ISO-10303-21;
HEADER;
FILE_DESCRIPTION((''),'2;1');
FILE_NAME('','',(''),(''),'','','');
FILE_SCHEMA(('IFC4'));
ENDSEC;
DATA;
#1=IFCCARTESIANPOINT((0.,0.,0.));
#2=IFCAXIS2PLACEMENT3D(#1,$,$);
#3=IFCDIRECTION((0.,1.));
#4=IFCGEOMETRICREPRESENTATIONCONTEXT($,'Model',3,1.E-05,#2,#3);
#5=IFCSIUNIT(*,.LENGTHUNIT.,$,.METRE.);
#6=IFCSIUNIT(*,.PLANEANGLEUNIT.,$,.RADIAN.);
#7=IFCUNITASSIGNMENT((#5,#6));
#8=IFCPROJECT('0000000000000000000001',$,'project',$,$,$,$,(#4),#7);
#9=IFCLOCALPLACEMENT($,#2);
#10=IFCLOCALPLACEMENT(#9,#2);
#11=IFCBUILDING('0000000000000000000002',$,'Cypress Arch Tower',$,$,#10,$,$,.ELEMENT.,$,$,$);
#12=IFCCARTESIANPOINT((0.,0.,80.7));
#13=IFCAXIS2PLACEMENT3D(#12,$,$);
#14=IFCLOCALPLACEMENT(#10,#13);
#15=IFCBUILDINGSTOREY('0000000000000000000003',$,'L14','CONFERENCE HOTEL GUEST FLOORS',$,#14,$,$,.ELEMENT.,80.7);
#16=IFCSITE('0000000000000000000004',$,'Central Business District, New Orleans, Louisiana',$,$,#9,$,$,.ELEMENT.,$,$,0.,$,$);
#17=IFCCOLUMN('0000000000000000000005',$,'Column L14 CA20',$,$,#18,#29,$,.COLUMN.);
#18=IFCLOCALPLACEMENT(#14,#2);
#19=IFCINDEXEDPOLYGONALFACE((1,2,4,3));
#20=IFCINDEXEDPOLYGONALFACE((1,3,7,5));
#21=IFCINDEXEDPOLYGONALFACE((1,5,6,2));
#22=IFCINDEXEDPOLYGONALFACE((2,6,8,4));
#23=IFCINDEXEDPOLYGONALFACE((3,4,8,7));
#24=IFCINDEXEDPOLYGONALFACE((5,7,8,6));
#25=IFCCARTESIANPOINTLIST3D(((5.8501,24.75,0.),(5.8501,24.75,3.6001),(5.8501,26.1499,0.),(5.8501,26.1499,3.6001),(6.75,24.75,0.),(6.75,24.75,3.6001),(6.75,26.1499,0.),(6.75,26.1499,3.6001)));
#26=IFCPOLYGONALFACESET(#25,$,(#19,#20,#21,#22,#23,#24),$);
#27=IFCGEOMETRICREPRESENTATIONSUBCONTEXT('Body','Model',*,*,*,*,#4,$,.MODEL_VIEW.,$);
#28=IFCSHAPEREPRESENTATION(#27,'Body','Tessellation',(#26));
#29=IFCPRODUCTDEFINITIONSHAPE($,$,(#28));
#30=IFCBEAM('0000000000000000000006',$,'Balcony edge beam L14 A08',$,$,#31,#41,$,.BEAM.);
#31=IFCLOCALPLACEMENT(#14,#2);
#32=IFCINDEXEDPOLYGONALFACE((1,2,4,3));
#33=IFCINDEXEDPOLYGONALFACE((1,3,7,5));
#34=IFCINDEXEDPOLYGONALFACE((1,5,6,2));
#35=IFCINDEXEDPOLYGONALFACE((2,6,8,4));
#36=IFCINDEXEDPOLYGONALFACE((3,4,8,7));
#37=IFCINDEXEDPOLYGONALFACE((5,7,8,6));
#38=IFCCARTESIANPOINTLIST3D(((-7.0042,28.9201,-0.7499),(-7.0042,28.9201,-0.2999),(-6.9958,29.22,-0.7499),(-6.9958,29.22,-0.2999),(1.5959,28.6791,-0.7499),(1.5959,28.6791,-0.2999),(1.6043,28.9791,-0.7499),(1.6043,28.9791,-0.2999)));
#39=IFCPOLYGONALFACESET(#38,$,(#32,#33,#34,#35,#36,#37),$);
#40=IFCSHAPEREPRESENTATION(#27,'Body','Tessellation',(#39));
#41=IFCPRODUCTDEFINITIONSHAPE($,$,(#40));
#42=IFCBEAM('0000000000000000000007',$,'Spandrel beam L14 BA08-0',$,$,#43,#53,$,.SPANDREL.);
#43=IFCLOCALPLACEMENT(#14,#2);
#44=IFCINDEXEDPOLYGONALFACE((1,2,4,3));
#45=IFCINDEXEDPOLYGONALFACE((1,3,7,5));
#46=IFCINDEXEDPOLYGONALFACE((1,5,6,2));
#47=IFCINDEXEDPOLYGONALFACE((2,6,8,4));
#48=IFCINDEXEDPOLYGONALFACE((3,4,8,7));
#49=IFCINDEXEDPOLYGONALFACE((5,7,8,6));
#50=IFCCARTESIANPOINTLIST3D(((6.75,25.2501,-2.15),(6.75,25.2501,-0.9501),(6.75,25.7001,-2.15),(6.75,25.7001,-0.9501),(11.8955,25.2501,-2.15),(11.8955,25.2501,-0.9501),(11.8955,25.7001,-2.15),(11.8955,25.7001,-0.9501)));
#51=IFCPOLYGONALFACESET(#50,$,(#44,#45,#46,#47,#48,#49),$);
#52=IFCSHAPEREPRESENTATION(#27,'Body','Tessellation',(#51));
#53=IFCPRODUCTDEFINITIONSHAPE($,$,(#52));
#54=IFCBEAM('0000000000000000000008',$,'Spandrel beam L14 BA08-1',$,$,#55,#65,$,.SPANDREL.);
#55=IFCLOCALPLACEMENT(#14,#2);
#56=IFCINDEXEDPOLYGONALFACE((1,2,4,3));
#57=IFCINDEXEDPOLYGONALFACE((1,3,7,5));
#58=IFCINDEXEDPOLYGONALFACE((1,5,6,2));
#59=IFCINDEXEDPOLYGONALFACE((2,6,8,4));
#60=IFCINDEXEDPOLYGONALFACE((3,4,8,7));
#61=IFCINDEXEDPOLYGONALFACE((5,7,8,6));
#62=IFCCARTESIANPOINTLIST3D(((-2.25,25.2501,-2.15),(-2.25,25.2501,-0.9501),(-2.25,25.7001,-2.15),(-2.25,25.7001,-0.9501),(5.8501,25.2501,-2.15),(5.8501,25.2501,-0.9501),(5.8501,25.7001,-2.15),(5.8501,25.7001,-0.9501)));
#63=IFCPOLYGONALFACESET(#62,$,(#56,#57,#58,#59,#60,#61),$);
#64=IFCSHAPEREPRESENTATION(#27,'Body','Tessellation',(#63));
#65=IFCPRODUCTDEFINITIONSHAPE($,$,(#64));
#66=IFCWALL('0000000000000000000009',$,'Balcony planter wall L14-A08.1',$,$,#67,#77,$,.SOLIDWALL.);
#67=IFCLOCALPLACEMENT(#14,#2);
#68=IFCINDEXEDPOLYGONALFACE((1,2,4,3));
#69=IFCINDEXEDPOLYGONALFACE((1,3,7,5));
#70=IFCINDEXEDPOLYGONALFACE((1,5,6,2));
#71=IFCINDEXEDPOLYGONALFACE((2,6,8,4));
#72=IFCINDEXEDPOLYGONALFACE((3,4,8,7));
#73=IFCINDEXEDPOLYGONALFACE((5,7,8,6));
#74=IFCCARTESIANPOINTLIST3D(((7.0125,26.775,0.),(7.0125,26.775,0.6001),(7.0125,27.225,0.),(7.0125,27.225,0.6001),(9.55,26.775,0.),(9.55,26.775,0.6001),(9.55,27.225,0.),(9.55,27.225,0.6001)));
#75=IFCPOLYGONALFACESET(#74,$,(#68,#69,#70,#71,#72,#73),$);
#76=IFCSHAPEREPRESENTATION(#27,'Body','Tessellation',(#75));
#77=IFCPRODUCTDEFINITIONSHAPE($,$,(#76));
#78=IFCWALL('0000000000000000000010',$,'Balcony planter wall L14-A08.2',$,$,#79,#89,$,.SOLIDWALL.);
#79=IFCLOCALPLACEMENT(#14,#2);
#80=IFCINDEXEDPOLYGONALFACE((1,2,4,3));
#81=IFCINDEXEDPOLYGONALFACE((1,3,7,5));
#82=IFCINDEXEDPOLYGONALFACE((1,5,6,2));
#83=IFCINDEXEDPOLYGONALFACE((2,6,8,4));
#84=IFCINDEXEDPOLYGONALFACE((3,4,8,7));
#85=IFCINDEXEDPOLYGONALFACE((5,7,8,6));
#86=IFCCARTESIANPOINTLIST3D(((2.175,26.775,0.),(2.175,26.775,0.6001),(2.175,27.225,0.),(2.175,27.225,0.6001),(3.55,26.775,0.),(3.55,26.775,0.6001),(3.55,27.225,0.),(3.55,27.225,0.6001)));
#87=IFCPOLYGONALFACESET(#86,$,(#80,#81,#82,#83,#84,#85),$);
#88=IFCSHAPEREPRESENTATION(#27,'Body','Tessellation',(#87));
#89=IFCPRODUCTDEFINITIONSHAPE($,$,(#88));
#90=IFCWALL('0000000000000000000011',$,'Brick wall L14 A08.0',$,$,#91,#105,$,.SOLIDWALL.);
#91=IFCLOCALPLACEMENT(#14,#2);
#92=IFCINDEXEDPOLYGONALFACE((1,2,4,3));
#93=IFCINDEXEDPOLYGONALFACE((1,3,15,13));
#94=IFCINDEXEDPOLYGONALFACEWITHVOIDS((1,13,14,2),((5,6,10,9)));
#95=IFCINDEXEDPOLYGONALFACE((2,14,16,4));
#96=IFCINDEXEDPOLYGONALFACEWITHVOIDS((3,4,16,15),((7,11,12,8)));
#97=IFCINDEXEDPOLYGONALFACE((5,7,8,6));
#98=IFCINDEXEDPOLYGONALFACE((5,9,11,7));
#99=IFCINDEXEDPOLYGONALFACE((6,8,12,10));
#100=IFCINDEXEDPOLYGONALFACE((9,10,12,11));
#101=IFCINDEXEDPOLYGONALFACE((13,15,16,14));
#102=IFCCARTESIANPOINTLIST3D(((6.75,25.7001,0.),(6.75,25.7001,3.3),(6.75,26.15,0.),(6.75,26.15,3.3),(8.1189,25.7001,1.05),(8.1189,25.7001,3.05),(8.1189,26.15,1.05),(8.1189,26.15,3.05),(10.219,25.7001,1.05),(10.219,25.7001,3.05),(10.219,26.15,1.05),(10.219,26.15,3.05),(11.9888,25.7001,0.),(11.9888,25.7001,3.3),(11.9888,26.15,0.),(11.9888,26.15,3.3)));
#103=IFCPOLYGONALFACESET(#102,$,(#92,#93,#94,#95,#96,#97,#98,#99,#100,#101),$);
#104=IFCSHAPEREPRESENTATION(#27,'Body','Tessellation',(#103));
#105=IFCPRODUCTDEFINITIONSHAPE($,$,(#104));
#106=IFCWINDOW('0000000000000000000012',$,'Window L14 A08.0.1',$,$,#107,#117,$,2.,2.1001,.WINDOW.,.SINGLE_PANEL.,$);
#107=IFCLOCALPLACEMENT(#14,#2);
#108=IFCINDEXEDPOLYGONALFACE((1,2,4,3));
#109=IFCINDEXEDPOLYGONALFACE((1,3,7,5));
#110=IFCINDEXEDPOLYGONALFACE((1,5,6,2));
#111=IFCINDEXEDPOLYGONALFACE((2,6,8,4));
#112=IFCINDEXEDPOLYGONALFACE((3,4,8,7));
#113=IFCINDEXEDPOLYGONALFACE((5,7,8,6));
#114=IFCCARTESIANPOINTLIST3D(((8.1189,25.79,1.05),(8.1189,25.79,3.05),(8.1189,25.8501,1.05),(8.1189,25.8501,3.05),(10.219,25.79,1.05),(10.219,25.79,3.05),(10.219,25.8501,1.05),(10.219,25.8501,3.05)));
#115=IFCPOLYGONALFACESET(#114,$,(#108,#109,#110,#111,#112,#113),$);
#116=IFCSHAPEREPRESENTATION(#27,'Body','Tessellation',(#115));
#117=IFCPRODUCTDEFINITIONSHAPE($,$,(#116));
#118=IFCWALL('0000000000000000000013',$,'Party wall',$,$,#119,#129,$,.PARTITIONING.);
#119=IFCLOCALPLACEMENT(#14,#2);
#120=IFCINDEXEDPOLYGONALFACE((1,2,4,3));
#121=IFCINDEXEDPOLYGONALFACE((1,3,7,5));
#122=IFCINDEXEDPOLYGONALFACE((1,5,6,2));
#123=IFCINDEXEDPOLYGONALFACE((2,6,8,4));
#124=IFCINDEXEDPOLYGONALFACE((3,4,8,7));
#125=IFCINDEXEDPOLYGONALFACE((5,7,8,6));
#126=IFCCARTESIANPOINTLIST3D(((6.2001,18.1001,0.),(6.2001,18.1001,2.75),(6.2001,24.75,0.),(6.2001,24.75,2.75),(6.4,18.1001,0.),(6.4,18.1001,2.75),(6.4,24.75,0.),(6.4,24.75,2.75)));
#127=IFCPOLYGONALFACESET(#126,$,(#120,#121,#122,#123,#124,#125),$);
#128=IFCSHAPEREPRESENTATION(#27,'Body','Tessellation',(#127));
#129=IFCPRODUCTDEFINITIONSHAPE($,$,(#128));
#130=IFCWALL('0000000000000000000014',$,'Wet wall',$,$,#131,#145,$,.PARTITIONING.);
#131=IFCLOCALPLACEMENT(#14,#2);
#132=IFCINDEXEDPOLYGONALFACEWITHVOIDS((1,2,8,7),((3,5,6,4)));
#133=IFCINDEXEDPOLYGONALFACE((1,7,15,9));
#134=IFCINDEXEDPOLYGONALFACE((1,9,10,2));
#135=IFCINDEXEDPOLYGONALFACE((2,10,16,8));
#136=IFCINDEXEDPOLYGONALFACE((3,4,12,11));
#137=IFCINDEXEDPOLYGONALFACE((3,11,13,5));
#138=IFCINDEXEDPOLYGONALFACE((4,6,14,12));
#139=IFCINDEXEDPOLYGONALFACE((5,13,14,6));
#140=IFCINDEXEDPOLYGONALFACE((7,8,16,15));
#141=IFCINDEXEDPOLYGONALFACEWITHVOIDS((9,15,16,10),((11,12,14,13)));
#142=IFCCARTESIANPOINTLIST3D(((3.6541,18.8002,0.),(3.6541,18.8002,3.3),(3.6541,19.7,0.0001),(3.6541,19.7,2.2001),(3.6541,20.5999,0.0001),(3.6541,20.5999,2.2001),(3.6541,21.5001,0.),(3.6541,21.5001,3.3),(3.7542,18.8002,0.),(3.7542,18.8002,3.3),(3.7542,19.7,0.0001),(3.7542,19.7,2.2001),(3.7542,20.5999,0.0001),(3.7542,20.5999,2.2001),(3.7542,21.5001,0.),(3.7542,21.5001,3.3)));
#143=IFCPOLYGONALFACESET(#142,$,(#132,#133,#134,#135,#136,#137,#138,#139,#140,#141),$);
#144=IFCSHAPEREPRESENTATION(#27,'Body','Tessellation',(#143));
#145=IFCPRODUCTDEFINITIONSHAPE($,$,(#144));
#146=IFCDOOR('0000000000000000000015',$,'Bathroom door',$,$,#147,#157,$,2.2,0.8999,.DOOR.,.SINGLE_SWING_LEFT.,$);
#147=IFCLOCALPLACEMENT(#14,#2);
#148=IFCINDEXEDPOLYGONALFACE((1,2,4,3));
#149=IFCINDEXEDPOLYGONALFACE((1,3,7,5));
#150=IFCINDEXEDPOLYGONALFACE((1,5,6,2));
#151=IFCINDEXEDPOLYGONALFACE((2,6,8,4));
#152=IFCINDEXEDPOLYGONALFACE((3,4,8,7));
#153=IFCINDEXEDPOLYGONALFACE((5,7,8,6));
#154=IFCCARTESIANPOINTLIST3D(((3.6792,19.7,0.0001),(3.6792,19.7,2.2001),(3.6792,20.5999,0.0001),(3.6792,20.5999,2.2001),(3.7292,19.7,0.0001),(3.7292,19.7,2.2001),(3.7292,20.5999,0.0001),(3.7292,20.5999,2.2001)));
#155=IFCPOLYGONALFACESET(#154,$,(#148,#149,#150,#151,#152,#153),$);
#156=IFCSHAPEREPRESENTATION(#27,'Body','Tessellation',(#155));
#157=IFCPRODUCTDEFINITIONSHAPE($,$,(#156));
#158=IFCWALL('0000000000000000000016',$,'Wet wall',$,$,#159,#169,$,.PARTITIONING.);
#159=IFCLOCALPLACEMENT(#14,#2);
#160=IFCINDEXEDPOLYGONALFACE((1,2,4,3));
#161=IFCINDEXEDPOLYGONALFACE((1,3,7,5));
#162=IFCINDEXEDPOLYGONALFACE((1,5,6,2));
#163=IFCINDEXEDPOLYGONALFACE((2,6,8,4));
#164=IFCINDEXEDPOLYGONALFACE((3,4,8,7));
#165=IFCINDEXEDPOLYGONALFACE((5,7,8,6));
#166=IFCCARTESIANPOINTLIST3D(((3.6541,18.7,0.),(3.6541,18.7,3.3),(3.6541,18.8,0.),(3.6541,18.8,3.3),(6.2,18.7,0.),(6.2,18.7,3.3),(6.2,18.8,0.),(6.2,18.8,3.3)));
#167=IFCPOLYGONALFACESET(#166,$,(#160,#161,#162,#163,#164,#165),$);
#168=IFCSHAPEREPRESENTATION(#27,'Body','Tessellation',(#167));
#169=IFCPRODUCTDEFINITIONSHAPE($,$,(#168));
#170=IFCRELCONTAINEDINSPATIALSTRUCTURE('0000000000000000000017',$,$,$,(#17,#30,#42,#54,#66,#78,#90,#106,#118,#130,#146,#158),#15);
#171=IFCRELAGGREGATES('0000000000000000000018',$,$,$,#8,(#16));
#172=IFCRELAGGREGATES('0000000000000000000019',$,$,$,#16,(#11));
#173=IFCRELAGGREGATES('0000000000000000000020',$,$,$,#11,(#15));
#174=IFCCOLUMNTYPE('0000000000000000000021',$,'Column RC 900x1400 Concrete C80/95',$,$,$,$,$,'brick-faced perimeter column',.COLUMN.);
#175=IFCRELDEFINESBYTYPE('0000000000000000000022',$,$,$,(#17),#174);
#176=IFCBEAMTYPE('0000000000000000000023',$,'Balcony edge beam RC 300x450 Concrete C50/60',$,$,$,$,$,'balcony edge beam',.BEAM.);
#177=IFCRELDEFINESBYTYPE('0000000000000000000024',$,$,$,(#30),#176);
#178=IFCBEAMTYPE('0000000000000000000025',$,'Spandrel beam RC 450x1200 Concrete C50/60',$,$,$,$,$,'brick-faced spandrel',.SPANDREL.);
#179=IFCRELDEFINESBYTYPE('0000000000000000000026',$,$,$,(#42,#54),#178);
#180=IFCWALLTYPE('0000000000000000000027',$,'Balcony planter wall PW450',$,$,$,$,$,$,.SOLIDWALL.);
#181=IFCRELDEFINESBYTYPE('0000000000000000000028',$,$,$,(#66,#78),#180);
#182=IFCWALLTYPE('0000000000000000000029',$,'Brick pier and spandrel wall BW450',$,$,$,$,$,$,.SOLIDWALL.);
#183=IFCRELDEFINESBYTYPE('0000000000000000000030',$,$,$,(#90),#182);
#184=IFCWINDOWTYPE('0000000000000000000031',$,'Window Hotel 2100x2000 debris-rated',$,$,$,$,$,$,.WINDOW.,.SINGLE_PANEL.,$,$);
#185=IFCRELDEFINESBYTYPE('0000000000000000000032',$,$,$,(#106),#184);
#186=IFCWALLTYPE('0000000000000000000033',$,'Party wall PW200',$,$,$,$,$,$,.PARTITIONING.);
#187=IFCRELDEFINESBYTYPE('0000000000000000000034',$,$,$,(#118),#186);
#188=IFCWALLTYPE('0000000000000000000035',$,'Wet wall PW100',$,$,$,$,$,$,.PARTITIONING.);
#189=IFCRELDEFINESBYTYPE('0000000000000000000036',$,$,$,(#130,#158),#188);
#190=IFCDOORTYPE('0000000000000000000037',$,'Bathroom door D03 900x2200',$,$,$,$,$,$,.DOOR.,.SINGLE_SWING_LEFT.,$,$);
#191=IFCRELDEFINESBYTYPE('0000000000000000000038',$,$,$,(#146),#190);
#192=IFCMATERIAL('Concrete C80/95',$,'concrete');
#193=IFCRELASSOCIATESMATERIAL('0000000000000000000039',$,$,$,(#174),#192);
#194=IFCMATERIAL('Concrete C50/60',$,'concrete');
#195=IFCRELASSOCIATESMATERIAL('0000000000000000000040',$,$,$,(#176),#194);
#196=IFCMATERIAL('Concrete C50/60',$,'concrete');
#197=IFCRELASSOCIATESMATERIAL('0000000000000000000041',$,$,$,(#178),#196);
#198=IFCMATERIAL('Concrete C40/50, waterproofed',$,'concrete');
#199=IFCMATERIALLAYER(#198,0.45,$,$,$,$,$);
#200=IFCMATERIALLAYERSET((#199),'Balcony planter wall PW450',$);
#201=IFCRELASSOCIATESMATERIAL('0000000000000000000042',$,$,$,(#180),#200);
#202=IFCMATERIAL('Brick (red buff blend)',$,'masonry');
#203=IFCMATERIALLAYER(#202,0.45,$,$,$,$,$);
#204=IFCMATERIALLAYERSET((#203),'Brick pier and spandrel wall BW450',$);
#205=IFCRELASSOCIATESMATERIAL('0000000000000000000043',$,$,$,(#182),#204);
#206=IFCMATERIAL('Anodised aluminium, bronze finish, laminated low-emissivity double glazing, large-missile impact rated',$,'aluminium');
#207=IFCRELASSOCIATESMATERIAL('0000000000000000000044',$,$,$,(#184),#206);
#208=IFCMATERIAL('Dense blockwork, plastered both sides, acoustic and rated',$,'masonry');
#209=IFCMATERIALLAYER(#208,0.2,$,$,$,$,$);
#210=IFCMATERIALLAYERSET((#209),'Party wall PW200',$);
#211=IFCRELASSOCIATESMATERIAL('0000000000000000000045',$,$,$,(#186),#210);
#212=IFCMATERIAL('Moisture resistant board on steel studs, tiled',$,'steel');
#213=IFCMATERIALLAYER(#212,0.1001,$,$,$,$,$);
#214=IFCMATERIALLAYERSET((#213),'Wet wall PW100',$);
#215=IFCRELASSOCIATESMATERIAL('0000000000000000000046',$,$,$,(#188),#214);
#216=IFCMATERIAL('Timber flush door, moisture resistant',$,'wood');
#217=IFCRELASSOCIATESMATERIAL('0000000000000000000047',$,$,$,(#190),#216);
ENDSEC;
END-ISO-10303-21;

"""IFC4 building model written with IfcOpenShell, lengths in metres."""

from ifc_helpers import new_model, si_unit, direction, frame, frame_2d, origin, origin_2d, place, context, subcontext, project, spatial, rectangle, extrude, material, layer, layer_set, material_profile, profile_set, type_object, element, fill, save


model = new_model("IFC4")

# Units and contexts
model_context = context("Model", 3, precision=1e-05, world=origin(), true_north=direction((0.0, 1.0)))
body_context = subcontext(model_context, "Body", "Model", "MODEL_VIEW")
ifc_project = project(units=[si_unit("LENGTHUNIT", "METRE"), si_unit("PLANEANGLEUNIT", "RADIAN")], contexts=[model_context])

# Site, building, storey
site_placement = place(None, origin())
site = spatial("IfcSite", under=ifc_project, at=site_placement, Name="Central Business District, New Orleans, Louisiana", CompositionType="ELEMENT", RefElevation=0.0)
building_placement = place(site_placement, origin())
building = spatial("IfcBuilding", under=site, at=building_placement, Name="Cypress Arch Tower", CompositionType="ELEMENT")
storey_placement = place(building_placement, frame((0.0, 0.0, 80.7)))
storey = spatial("IfcBuildingStorey", under=building, at=storey_placement, Name="L14", Description="CONFERENCE HOTEL GUEST FLOORS", CompositionType="ELEMENT", Elevation=80.7)

# Column
ifc_material_1 = material(Name="Concrete C80/95", Category="concrete")
ifc_material_profile_1 = material_profile(ifc_material_1, rectangle(XDim=0.8999, YDim=1.3999, at=origin_2d()), Name="RC 900x1400")
ifc_profile_set_1 = profile_set([ifc_material_profile_1], Name="Concrete C80/95")
column_type = type_object("IfcColumnType", Name="Column RC 900x1400 Concrete C80/95", ElementType="brick-faced perimeter column", PredefinedType="COLUMN", material=ifc_profile_set_1)
column_placement = place(storey_placement, frame((6.3, 25.45, 0.0), z_axis=(0.0, 0.0, 1.0), x_axis=(-1.0, 0.0, 0.0)))
element("IfcColumn", 1, at=column_placement, inside=storey, type_object=column_type, Name="Column L14 CA20", PredefinedType="COLUMN", context=body_context, shape_type="SweptSolid", body=[
    extrude(rectangle(XDim=0.8999, YDim=1.3999, at=origin_2d()), origin(), (0.0, 0.0, 1.0), 3.6001),
])

# Beams
ifc_material_2 = material(Name="Concrete C50/60", Category="concrete")
ifc_material_profile_2 = material_profile(ifc_material_2, rectangle(XDim=0.3, YDim=0.45, at=origin_2d()), Name="RC 300x450")
ifc_profile_set_2 = profile_set([ifc_material_profile_2], Name="Concrete C50/60")
beam_type_1 = type_object("IfcBeamType", Name="Balcony edge beam RC 300x450 Concrete C50/60", ElementType="balcony edge beam", PredefinedType="BEAM", material=ifc_profile_set_2)
beam_1_placement = place(storey_placement, frame((1.6001, 28.8291, -0.5249), z_axis=(-0.999608, 0.028008, 0.0), x_axis=(-0.028008, -0.999608, 0.0)))
element("IfcBeam", 2, at=beam_1_placement, inside=storey, type_object=beam_type_1, Name="Balcony edge beam L14 A08", PredefinedType="BEAM", context=body_context, shape_type="SweptSolid", body=[
    extrude(rectangle(XDim=0.3, YDim=0.45, at=origin_2d()), origin(), (0.0, 0.0, 1.0), 8.6035),
])
ifc_material_3 = material(Name="Concrete C50/60", Category="concrete")
ifc_material_profile_3 = material_profile(ifc_material_3, rectangle(XDim=0.45, YDim=1.2, at=origin_2d()), Name="RC 450x1200")
ifc_profile_set_3 = profile_set([ifc_material_profile_3], Name="Concrete C50/60")
beam_type_2 = type_object("IfcBeamType", Name="Spandrel beam RC 450x1200 Concrete C50/60", ElementType="brick-faced spandrel", PredefinedType="SPANDREL", material=ifc_profile_set_3)
beam_2_placement = place(storey_placement, frame((11.8955, 25.4751, -1.55), z_axis=(-1.0, 0.0, 0.0), x_axis=(0.0, -1.0, 0.0)))
element("IfcBeam", 3, at=beam_2_placement, inside=storey, type_object=beam_type_2, Name="Spandrel beam L14 BA08-0", PredefinedType="SPANDREL", context=body_context, shape_type="SweptSolid", body=[
    extrude(rectangle(XDim=0.45, YDim=1.2, at=origin_2d()), origin(), (0.0, 0.0, 1.0), 5.1455),
])
beam_3_placement = place(storey_placement, frame((5.8501, 25.4751, -1.55), z_axis=(-1.0, 0.0, 0.0), x_axis=(0.0, -1.0, 0.0)))
element("IfcBeam", 4, at=beam_3_placement, inside=storey, type_object=beam_type_2, Name="Spandrel beam L14 BA08-1", PredefinedType="SPANDREL", context=body_context, shape_type="SweptSolid", body=[
    extrude(rectangle(XDim=0.45, YDim=1.2, at=origin_2d()), origin(), (0.0, 0.0, 1.0), 8.1001),
])

# Walls
ifc_material_4 = material(Name="Concrete C40/50, waterproofed", Category="concrete")
ifc_layer_1 = layer(ifc_material_4, 0.45)
ifc_layer_set_1 = layer_set([ifc_layer_1], Name="Balcony planter wall PW450")
wall_type_1 = type_object("IfcWallType", Name="Balcony planter wall PW450", PredefinedType="SOLIDWALL", material=ifc_layer_set_1)
wall_1_placement = place(storey_placement, frame((9.55, 27.0, 0.0), z_axis=(0.0, 0.0, 1.0), x_axis=(-1.0, 0.0, 0.0)))
element("IfcWall", 5, at=wall_1_placement, inside=storey, type_object=wall_type_1, Name="Balcony planter wall L14-A08.1", PredefinedType="SOLIDWALL", context=body_context, shape_type="SweptSolid", body=[
    extrude(rectangle(XDim=2.5376, YDim=0.45, at=frame_2d((1.2688, 0.0))), origin(), (0.0, 0.0, 1.0), 0.6001),
])
wall_2_placement = place(storey_placement, frame((3.55, 27.0, 0.0), z_axis=(0.0, 0.0, 1.0), x_axis=(-1.0, 0.0, 0.0)))
element("IfcWall", 6, at=wall_2_placement, inside=storey, type_object=wall_type_1, Name="Balcony planter wall L14-A08.2", PredefinedType="SOLIDWALL", context=body_context, shape_type="SweptSolid", body=[
    extrude(rectangle(XDim=1.375, YDim=0.45, at=frame_2d((0.6875, 0.0))), origin(), (0.0, 0.0, 1.0), 0.6001),
])

# Wall, opening, window
ifc_material_5 = material(Name="Brick (red buff blend)", Category="masonry")
ifc_layer_2 = layer(ifc_material_5, 0.45)
ifc_layer_set_2 = layer_set([ifc_layer_2], Name="Brick pier and spandrel wall BW450")
wall_type_2 = type_object("IfcWallType", Name="Brick pier and spandrel wall BW450", PredefinedType="SOLIDWALL", material=ifc_layer_set_2)
wall_3_placement = place(storey_placement, frame((11.9888, 25.925, 0.0), z_axis=(0.0, 0.0, 1.0), x_axis=(-1.0, 0.0, 0.0)))
wall_3 = element("IfcWall", 7, at=wall_3_placement, inside=storey, type_object=wall_type_2, Name="Brick wall L14 A08.0", PredefinedType="SOLIDWALL", context=body_context, shape_type="SweptSolid", body=[
    extrude(rectangle(XDim=5.2388, YDim=0.45, at=frame_2d((2.6194, 0.0))), origin(), (0.0, 0.0, 1.0), 3.3),
])
opening_1_placement = place(wall_3_placement, frame((1.7698, 0.0, 1.05)))
opening_1 = element("IfcOpeningElement", 8, at=opening_1_placement, cuts=wall_3, PredefinedType="OPENING", context=body_context, shape_type="SweptSolid", body=[
    extrude(rectangle(XDim=2.1001, YDim=2.0, at=frame_2d((1.05, 1.0))), frame((0.0, 0.2349, 0.0), z_axis=(0.0, -1.0, 0.0), x_axis=(1.0, 0.0, 0.0)), (0.0, 0.0, 1.0), 0.47),
])
ifc_material_6 = material(Name="Anodised aluminium, bronze finish, laminated low-emissivity double glazing, large-missile impact rated", Category="aluminium")
window_type_1 = type_object("IfcWindowType", Name="Window Hotel 2100x2000 debris-rated", PartitioningType="SINGLE_PANEL", PredefinedType="WINDOW", material=ifc_material_6)
window_1_placement = place(opening_1_placement, origin())
window_1 = element("IfcWindow", 9, at=window_1_placement, inside=storey, type_object=window_type_1, Name="Window L14 A08.0.1", OverallHeight=2.0, OverallWidth=2.1001, PartitioningType="SINGLE_PANEL", PredefinedType="WINDOW", context=body_context, shape_type="SweptSolid", body=[
    extrude(rectangle(XDim=2.1001, YDim=2.0, at=frame_2d((1.05, 1.0))), frame((0.0, 0.135, 0.0), z_axis=(0.0, -1.0, 0.0), x_axis=(1.0, 0.0, 0.0)), (0.0, 0.0, 1.0), 0.0601),
])
fill(opening_1, window_1)

# Wall
ifc_material_7 = material(Name="Dense blockwork, plastered both sides, acoustic and rated", Category="masonry")
ifc_layer_3 = layer(ifc_material_7, 0.2)
ifc_layer_set_3 = layer_set([ifc_layer_3], Name="Party wall PW200")
wall_type_3 = type_object("IfcWallType", Name="Party wall PW200", PredefinedType="PARTITIONING", material=ifc_layer_set_3)
wall_4_placement = place(storey_placement, frame((6.3, 18.1001, 0.0), z_axis=(0.0, 0.0, 1.0), x_axis=(0.0, 1.0, 0.0)))
element("IfcWall", 10, at=wall_4_placement, inside=storey, type_object=wall_type_3, Name="Party wall", PredefinedType="PARTITIONING", context=body_context, shape_type="SweptSolid", body=[
    extrude(rectangle(XDim=6.6499, YDim=0.2, at=frame_2d((3.325, 0.0))), origin(), (0.0, 0.0, 1.0), 2.75),
])

# Wall, opening, door
ifc_material_8 = material(Name="Moisture resistant board on steel studs, tiled", Category="steel")
ifc_layer_4 = layer(ifc_material_8, 0.1001)
ifc_layer_set_4 = layer_set([ifc_layer_4], Name="Wet wall PW100")
wall_type_4 = type_object("IfcWallType", Name="Wet wall PW100", PredefinedType="PARTITIONING", material=ifc_layer_set_4)
wall_5_placement = place(storey_placement, frame((3.7041, 18.8, 0.0), z_axis=(0.0, 0.0, 1.0), x_axis=(0.0, 1.0, 0.0)))
wall_5 = element("IfcWall", 11, at=wall_5_placement, inside=storey, type_object=wall_type_4, Name="Wet wall", PredefinedType="PARTITIONING", context=body_context, shape_type="SweptSolid", body=[
    extrude(rectangle(XDim=2.7, YDim=0.1001, at=frame_2d((1.3501, 0.0))), origin(), (0.0, 0.0, 1.0), 3.3),
])
opening_2_placement = place(wall_5_placement, frame((0.8999, 0.0, 0.0)))
opening_2 = element("IfcOpeningElement", 12, at=opening_2_placement, cuts=wall_5, PredefinedType="OPENING", context=body_context, shape_type="SweptSolid", body=[
    extrude(rectangle(XDim=0.8999, YDim=2.2, at=frame_2d((0.45, 1.1001))), frame((0.0, 0.0601, 0.0), z_axis=(0.0, -1.0, 0.0), x_axis=(1.0, 0.0, 0.0)), (0.0, 0.0, 1.0), 0.1201),
])
ifc_material_9 = material(Name="Timber flush door, moisture resistant", Category="wood")
door_type_1 = type_object("IfcDoorType", Name="Bathroom door D03 900x2200", OperationType="SINGLE_SWING_LEFT", PredefinedType="DOOR", material=ifc_material_9)
door_1_placement = place(opening_2_placement, origin())
door_1 = element("IfcDoor", 13, at=door_1_placement, inside=storey, type_object=door_type_1, Name="Bathroom door", OperationType="SINGLE_SWING_LEFT", OverallHeight=2.2, OverallWidth=0.8999, PredefinedType="DOOR", context=body_context, shape_type="SweptSolid", body=[
    extrude(rectangle(XDim=0.8999, YDim=2.2, at=frame_2d((0.45, 1.1001))), frame((0.0, 0.0249, 0.0), z_axis=(0.0, -1.0, 0.0), x_axis=(1.0, 0.0, 0.0)), (0.0, 0.0, 1.0), 0.05),
])
fill(opening_2, door_1)

# Wall
for number, where, z_axis, x_axis, name in (
    (14, (3.6541, 18.75, 0.0), (0.0, 0.0, 1.0), (1.0, 0.0, 0.0), "Wet wall"),
):
    element("IfcWall", number, at=place(storey_placement, frame(where, z_axis=z_axis, x_axis=x_axis)), inside=storey, type_object=wall_type_4, Name=name, PredefinedType="PARTITIONING", context=body_context, shape_type="SweptSolid", body=[
        extrude(rectangle(XDim=2.5459, YDim=0.1001, at=frame_2d((1.2729, 0.0))), origin(), (0.0, 0.0, 1.0), 3.3),
    ])

save(model, "model.ifc")
